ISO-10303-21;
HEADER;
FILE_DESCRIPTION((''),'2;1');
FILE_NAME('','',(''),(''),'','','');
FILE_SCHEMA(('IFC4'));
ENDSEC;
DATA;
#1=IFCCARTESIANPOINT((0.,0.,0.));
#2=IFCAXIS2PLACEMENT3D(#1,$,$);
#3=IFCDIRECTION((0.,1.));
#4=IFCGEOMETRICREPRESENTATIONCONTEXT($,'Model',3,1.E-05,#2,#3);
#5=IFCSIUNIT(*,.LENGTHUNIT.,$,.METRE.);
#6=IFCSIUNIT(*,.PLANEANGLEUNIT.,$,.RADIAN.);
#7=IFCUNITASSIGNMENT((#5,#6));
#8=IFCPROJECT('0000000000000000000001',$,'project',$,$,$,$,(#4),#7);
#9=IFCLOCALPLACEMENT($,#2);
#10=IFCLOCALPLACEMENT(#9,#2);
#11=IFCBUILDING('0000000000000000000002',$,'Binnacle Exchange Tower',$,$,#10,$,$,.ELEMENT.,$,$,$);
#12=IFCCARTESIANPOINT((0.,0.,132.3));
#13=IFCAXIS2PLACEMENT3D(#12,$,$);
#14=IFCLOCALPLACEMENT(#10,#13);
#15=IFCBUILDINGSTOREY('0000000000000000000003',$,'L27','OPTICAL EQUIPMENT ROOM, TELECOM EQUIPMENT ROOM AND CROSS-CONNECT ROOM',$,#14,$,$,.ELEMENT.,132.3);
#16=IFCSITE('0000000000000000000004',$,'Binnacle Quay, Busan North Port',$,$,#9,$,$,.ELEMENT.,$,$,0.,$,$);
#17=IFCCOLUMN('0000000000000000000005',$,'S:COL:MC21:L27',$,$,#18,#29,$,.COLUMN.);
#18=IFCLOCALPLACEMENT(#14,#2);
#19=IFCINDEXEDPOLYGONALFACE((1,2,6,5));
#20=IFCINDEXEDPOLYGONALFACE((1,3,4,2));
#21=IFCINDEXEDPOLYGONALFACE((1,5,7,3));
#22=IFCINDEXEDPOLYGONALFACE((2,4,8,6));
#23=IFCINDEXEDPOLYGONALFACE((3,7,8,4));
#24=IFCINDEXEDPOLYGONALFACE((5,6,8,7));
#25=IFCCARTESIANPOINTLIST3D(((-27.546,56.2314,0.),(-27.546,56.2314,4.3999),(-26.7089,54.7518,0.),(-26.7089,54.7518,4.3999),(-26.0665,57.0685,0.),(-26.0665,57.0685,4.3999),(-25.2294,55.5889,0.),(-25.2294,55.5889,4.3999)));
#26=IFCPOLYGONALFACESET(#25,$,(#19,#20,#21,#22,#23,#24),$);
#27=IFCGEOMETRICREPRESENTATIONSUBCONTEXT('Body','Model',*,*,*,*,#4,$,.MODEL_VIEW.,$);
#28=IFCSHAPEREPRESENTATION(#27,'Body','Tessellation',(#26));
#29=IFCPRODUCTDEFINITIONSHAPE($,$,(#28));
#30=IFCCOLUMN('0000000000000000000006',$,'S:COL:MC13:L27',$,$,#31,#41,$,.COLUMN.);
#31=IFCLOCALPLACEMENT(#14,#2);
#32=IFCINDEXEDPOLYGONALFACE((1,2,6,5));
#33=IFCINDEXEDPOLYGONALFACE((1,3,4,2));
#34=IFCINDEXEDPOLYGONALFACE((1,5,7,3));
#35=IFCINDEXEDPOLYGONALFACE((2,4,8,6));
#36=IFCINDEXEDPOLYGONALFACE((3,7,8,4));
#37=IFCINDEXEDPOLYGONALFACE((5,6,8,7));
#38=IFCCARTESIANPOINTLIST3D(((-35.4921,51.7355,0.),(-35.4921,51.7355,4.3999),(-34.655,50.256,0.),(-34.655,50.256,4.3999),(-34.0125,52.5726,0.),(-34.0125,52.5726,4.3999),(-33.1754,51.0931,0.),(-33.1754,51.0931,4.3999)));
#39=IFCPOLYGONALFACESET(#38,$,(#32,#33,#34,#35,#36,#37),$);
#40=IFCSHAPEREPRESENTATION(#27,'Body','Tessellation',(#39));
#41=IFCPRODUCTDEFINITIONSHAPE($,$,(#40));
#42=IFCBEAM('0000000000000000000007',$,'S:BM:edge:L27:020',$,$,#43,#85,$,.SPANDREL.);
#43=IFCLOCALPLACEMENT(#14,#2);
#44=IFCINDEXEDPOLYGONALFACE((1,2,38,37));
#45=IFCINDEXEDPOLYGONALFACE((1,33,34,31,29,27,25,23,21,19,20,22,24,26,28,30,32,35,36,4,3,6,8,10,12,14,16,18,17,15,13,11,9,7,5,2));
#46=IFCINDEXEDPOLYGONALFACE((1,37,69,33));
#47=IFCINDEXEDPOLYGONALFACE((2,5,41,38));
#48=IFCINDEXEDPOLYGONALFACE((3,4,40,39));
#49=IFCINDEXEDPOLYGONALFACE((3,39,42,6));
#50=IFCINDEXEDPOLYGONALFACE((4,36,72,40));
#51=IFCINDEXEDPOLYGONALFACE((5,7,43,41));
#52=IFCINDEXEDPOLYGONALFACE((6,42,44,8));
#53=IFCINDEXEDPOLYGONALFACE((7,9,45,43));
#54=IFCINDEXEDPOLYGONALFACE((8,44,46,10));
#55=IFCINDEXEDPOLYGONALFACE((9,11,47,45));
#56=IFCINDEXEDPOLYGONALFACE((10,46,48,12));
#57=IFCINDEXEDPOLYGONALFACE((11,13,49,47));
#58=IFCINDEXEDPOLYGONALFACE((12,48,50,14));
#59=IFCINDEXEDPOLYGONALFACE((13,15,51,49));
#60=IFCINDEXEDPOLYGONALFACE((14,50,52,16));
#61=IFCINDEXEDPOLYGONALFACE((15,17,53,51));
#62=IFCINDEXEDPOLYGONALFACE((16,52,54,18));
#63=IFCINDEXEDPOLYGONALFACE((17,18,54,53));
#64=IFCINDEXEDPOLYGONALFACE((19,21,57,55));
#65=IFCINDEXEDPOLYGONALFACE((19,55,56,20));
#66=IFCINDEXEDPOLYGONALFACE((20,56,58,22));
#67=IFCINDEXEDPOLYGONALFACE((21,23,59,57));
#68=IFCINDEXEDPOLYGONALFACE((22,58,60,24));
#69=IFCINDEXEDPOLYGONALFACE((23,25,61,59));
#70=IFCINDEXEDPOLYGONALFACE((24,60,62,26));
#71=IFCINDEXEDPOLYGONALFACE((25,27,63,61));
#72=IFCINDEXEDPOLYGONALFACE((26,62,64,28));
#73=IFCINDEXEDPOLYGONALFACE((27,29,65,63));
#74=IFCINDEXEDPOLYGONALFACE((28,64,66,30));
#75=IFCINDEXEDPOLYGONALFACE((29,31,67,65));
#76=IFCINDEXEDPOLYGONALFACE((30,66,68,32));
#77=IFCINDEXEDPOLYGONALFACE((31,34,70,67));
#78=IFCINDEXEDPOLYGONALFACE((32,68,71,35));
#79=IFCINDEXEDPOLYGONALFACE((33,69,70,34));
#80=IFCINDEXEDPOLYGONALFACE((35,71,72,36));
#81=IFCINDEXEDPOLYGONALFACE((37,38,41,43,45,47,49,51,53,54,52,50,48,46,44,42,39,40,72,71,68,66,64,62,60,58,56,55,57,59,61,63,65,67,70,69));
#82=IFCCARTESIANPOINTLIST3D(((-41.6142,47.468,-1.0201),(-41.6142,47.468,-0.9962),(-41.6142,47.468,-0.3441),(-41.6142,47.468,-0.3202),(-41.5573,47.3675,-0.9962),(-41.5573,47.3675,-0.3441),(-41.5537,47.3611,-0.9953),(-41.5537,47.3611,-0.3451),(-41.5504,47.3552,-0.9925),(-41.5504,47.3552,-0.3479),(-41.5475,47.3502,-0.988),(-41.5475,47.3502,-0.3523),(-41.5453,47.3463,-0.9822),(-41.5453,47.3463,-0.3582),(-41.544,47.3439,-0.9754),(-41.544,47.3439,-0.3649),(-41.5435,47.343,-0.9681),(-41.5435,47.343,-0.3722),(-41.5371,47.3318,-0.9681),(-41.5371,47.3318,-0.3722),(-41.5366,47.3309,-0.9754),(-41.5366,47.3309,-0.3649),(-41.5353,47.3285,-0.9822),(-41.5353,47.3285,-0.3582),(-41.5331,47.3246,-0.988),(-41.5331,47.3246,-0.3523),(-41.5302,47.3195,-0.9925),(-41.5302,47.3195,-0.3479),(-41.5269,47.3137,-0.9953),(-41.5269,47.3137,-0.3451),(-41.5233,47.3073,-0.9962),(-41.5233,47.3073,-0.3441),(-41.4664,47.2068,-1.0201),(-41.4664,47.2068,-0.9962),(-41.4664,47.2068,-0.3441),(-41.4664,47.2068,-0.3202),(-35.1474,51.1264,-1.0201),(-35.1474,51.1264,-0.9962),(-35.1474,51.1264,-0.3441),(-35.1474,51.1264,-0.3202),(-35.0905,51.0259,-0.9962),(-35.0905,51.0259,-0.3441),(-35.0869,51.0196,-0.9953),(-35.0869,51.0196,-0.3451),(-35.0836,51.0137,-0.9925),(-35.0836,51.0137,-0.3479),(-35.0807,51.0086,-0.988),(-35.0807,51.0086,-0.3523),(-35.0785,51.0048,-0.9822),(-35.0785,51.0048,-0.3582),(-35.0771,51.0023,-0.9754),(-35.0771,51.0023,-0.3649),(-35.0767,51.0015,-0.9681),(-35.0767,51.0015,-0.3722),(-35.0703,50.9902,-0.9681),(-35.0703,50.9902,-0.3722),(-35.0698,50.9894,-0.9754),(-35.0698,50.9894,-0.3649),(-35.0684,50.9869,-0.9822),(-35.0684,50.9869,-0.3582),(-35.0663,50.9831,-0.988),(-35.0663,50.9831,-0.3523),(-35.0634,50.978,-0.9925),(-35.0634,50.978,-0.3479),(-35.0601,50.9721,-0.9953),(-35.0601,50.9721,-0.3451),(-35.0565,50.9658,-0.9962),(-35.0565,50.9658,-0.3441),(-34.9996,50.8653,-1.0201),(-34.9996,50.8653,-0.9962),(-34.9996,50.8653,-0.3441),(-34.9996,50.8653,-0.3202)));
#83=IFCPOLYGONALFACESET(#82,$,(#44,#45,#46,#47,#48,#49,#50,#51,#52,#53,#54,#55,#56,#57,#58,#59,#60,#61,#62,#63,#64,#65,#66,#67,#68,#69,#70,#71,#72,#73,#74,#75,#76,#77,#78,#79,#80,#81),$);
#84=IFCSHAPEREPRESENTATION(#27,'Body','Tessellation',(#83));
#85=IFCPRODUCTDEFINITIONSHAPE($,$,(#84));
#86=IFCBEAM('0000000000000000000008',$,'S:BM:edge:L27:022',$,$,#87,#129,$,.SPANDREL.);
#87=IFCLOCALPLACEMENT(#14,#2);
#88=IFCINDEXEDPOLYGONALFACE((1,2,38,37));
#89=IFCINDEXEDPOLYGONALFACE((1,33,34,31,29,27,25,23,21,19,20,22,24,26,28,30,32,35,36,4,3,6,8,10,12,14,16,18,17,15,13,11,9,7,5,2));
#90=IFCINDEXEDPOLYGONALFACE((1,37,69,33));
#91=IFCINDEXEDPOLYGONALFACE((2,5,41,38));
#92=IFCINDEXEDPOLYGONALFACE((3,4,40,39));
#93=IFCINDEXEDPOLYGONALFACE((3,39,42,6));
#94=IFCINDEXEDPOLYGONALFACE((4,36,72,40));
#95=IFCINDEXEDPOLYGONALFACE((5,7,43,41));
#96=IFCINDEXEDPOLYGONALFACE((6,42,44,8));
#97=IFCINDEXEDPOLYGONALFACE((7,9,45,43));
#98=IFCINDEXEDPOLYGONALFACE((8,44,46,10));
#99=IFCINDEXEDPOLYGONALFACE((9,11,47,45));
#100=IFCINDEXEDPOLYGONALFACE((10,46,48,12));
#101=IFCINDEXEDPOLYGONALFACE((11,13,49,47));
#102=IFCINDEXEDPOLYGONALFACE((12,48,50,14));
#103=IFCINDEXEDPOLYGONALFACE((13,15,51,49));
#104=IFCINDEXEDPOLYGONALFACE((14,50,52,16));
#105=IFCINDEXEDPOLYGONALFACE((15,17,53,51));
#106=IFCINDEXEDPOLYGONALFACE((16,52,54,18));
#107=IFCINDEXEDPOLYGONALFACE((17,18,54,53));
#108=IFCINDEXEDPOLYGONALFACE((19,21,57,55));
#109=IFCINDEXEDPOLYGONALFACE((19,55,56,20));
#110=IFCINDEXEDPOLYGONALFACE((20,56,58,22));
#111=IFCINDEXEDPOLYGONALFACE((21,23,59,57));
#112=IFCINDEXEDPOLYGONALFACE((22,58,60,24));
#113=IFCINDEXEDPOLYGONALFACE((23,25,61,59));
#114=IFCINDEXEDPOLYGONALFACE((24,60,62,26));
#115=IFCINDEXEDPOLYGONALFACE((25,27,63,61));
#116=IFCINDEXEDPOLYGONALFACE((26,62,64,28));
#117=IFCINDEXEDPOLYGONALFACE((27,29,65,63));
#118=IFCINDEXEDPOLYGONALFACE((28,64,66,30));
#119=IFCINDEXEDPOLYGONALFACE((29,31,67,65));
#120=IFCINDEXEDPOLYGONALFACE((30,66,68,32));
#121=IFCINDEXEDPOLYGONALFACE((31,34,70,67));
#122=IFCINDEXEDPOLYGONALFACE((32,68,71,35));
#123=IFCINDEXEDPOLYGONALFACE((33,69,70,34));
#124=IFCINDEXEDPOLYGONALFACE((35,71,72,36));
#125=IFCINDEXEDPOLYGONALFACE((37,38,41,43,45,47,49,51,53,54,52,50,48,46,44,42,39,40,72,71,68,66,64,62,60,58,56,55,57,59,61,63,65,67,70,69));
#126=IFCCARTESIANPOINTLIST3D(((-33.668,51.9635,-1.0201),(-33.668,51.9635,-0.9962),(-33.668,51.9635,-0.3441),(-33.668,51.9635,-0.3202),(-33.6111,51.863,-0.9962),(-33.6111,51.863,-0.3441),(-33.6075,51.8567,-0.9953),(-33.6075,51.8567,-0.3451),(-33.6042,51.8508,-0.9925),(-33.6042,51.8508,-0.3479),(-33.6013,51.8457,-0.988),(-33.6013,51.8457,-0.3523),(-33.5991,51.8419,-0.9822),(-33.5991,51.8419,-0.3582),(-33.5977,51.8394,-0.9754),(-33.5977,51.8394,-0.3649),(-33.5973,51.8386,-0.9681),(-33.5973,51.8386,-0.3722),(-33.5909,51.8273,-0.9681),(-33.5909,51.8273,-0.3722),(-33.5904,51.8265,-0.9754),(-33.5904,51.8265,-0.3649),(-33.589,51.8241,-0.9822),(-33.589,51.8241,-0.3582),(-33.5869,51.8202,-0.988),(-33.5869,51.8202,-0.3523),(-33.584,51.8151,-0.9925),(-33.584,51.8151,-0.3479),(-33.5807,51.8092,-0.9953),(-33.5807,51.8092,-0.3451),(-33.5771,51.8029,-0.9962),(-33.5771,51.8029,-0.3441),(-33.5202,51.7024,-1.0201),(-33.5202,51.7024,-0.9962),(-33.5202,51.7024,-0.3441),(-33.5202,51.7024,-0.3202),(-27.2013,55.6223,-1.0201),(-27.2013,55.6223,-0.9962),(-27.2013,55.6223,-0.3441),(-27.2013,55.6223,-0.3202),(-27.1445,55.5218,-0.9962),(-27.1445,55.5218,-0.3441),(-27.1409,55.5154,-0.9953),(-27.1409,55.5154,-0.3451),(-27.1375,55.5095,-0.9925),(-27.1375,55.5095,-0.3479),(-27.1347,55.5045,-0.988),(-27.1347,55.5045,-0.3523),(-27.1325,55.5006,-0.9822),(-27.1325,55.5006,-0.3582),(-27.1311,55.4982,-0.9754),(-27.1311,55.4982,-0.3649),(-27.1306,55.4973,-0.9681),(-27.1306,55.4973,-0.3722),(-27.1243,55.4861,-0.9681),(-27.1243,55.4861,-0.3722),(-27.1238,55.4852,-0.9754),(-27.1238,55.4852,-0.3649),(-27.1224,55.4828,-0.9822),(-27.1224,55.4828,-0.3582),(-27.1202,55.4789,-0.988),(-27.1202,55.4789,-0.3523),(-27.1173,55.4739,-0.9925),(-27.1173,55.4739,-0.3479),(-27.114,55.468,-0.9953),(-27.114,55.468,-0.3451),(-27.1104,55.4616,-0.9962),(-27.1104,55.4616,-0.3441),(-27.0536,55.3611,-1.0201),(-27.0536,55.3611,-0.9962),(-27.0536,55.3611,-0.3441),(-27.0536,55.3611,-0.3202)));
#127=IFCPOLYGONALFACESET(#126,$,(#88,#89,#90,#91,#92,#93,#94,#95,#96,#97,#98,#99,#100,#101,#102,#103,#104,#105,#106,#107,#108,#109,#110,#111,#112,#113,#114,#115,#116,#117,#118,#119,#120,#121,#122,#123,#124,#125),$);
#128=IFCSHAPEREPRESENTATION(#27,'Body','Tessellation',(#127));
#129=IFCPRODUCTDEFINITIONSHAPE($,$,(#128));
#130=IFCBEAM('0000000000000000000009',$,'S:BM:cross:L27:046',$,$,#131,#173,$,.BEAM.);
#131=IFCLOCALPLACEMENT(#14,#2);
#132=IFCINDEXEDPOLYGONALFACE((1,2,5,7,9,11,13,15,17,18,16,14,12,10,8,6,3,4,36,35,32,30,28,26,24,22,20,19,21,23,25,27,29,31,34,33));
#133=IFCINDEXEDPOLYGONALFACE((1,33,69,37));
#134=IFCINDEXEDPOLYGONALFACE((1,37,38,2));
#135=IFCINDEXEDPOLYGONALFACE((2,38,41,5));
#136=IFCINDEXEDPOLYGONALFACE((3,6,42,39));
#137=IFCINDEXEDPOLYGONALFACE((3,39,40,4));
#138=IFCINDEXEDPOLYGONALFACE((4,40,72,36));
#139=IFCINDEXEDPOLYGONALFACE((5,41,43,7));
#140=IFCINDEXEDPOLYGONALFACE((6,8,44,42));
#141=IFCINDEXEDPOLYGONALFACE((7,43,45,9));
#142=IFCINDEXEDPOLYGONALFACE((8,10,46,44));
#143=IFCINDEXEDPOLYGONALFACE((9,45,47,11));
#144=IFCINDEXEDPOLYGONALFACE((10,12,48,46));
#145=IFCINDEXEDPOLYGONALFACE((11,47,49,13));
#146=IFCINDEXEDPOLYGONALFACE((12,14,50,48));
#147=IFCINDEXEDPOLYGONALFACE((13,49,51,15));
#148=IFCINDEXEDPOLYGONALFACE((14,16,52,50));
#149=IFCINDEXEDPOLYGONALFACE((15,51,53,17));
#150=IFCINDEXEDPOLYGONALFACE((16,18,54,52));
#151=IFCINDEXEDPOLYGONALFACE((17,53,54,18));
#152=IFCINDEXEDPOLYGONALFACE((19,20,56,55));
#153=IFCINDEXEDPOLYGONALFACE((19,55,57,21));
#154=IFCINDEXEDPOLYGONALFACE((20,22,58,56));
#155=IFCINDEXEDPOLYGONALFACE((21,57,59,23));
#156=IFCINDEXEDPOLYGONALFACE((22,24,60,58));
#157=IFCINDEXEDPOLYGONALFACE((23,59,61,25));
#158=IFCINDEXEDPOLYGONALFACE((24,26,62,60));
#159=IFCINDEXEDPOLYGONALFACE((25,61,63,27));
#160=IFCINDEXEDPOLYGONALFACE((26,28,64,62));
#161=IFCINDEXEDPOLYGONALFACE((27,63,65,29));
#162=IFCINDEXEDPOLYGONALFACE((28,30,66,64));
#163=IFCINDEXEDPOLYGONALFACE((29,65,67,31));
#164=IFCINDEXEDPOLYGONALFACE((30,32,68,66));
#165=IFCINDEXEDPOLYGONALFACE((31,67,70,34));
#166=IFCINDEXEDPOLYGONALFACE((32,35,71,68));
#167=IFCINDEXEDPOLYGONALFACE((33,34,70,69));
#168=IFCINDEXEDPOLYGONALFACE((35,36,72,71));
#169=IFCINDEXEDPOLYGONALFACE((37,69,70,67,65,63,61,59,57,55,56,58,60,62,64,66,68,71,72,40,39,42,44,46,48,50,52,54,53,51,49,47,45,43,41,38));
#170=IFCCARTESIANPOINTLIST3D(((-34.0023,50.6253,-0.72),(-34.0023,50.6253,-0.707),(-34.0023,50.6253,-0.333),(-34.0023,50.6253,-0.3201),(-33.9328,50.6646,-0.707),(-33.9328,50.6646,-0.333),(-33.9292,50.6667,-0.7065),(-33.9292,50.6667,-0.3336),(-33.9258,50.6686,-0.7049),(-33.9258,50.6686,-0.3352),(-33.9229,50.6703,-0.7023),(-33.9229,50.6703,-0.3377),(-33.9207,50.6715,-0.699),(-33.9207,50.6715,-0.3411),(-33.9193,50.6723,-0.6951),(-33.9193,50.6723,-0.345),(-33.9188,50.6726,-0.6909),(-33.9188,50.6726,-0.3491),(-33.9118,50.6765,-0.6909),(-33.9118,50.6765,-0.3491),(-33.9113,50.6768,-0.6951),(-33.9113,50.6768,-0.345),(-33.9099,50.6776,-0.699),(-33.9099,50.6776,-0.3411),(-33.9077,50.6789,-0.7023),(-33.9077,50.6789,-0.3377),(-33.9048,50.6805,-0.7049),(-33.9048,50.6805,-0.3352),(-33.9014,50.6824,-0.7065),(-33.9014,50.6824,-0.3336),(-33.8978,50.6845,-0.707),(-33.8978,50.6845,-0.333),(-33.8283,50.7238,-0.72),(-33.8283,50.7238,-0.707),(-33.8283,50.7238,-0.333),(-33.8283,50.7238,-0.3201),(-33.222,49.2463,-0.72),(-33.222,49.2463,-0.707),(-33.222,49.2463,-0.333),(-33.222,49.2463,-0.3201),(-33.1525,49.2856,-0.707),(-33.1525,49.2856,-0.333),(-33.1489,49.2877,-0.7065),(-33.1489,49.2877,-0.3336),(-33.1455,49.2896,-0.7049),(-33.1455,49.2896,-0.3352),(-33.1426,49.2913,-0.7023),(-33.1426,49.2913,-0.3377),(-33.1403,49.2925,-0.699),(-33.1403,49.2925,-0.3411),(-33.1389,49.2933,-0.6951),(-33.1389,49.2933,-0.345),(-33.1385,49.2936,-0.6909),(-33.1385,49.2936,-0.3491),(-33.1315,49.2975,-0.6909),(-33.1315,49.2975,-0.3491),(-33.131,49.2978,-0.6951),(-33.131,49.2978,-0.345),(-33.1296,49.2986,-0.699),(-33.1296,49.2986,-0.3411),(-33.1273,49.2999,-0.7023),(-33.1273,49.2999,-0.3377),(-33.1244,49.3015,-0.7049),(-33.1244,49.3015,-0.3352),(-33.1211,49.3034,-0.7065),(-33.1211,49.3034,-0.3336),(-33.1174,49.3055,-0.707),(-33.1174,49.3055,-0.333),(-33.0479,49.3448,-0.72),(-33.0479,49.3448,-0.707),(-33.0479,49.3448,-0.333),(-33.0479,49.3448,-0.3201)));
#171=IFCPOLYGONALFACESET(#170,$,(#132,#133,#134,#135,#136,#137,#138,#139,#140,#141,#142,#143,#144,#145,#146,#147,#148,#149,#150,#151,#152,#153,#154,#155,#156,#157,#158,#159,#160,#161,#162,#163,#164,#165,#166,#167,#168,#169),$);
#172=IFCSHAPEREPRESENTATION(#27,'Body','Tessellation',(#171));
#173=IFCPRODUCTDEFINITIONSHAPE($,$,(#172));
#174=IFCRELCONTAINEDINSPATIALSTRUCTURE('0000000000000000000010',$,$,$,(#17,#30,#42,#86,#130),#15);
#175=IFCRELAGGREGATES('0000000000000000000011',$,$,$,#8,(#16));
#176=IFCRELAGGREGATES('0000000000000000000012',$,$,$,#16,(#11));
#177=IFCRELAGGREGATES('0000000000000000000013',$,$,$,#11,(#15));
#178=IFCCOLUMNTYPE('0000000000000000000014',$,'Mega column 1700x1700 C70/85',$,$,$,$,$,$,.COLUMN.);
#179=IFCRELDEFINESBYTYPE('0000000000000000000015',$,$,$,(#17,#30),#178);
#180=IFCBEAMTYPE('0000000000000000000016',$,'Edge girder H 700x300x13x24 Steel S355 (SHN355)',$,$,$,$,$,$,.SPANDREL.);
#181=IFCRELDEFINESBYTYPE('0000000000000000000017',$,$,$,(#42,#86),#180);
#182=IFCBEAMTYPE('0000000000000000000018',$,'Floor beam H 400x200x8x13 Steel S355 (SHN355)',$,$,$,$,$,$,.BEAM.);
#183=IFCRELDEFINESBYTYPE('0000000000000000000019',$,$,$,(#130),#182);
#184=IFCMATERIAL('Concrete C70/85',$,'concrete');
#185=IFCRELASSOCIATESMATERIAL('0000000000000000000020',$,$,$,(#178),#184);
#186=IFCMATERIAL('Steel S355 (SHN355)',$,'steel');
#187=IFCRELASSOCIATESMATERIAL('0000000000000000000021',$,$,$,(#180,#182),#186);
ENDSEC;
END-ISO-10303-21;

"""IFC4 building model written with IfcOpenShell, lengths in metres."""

from ifc_helpers import new_model, si_unit, direction, frame, origin, origin_2d, place, context, subcontext, project, spatial, rectangle, i_section, extrude, material, material_profile, profile_set, type_object, element, save


model = new_model("IFC4")

# Units and contexts
model_context = context("Model", 3, precision=1e-05, world=origin(), true_north=direction((0.0, 1.0)))
body_context = subcontext(model_context, "Body", "Model", "MODEL_VIEW")
ifc_project = project(units=[si_unit("LENGTHUNIT", "METRE"), si_unit("PLANEANGLEUNIT", "RADIAN")], contexts=[model_context])

# Site, building, storey
site_placement = place(None, origin())
site = spatial("IfcSite", under=ifc_project, at=site_placement, Name="Binnacle Quay, Busan North Port", CompositionType="ELEMENT", RefElevation=0.0)
building_placement = place(site_placement, origin())
building = spatial("IfcBuilding", under=site, at=building_placement, Name="Binnacle Exchange Tower", CompositionType="ELEMENT")
storey_placement = place(building_placement, frame((0.0, 0.0, 132.3)))
storey = spatial("IfcBuildingStorey", under=building, at=storey_placement, Name="L27", Description="OPTICAL EQUIPMENT ROOM, TELECOM EQUIPMENT ROOM AND CROSS-CONNECT ROOM", CompositionType="ELEMENT", Elevation=132.3)

# Columns
ifc_material_1 = material(Name="Concrete C70/85", Category="concrete")
ifc_material_profile_1 = material_profile(ifc_material_1, rectangle(XDim=1.7, YDim=1.7, at=origin_2d()), Name="Mega column 1700x1700 C70/85")
ifc_profile_set_1 = profile_set([ifc_material_profile_1], Name="Concrete C70/85")
column_type = type_object("IfcColumnType", Name="Mega column 1700x1700 C70/85", PredefinedType="COLUMN", material=ifc_profile_set_1)
for number, where, z_axis, x_axis, name in (
    (1, (-26.3877, 55.9102, 0.0), (0.0, 0.0, 1.0), (-0.870356, -0.492424, 0.0), "S:COL:MC21:L27"),
    (2, (-34.3337, 51.4143, 0.0), (0.0, 0.0, 1.0), (-0.870356, -0.492424, 0.0), "S:COL:MC13:L27"),
):
    element("IfcColumn", number, at=place(storey_placement, frame(where, z_axis=z_axis, x_axis=x_axis)), inside=storey, type_object=column_type, Name=name, PredefinedType="COLUMN", context=body_context, shape_type="SweptSolid", body=[
        extrude(rectangle(XDim=1.7, YDim=1.7, at=origin_2d()), origin(), (0.0, 0.0, 1.0), 4.3999),
    ])

# Beams
ifc_material_2 = material(Name="Steel S355 (SHN355)", Category="steel")
ifc_material_profile_2 = material_profile(ifc_material_2, i_section(OverallWidth=0.3, OverallDepth=0.7, WebThickness=0.0129, FlangeThickness=0.0239, FilletRadius=0.0281, at=origin_2d()), Name="H 700x300x13x24")
ifc_profile_set_2 = profile_set([ifc_material_profile_2], Name="Steel S355 (SHN355)")
beam_type_1 = type_object("IfcBeamType", Name="Edge girder H 700x300x13x24 Steel S355 (SHN355)", PredefinedType="SPANDREL", material=ifc_profile_set_2)
for number, where, z_axis, x_axis, name in (
    (3, (-35.0735, 50.9958, -0.6702), (-0.870372, -0.492394, 0.0), (0.492394, -0.870372, 0.0), "S:BM:edge:L27:020"),
    (4, (-27.1274, 55.4917, -0.6702), (-0.87035, -0.492433, 0.0), (0.492433, -0.87035, 0.0), "S:BM:edge:L27:022"),
):
    element("IfcBeam", number, at=place(storey_placement, frame(where, z_axis=z_axis, x_axis=x_axis)), inside=storey, type_object=beam_type_1, Name=name, PredefinedType="SPANDREL", context=body_context, shape_type="SweptSolid", body=[
        extrude(i_section(OverallWidth=0.3, OverallDepth=0.7, WebThickness=0.0129, FlangeThickness=0.0239, FilletRadius=0.0281, at=origin_2d()), origin(), (0.0, 0.0, 1.0), 7.4299),
    ])
ifc_material_profile_3 = material_profile(ifc_material_2, i_section(OverallWidth=0.2, OverallDepth=0.3999, WebThickness=0.0081, FlangeThickness=0.0129, FilletRadius=0.0161, at=origin_2d()), Name="H 400x200x8x13")
ifc_profile_set_3 = profile_set([ifc_material_profile_3], Name="Steel S355 (SHN355)")
beam_type_2 = type_object("IfcBeamType", Name="Floor beam H 400x200x8x13 Steel S355 (SHN355)", PredefinedType="BEAM", material=ifc_profile_set_3)
beam_1_placement = place(storey_placement, frame((-33.9153, 50.6746, -0.52), z_axis=(0.492484, -0.870322, 0.0), x_axis=(0.870322, 0.492484, 0.0)))
element("IfcBeam", 5, at=beam_1_placement, inside=storey, type_object=beam_type_2, Name="S:BM:cross:L27:046", PredefinedType="BEAM", context=body_context, shape_type="SweptSolid", body=[
    extrude(i_section(OverallWidth=0.2, OverallDepth=0.3999, WebThickness=0.0081, FlangeThickness=0.0129, FilletRadius=0.0161, at=origin_2d()), origin(), (0.0, 0.0, 1.0), 1.5845),
])

save(model, "model.ifc")
